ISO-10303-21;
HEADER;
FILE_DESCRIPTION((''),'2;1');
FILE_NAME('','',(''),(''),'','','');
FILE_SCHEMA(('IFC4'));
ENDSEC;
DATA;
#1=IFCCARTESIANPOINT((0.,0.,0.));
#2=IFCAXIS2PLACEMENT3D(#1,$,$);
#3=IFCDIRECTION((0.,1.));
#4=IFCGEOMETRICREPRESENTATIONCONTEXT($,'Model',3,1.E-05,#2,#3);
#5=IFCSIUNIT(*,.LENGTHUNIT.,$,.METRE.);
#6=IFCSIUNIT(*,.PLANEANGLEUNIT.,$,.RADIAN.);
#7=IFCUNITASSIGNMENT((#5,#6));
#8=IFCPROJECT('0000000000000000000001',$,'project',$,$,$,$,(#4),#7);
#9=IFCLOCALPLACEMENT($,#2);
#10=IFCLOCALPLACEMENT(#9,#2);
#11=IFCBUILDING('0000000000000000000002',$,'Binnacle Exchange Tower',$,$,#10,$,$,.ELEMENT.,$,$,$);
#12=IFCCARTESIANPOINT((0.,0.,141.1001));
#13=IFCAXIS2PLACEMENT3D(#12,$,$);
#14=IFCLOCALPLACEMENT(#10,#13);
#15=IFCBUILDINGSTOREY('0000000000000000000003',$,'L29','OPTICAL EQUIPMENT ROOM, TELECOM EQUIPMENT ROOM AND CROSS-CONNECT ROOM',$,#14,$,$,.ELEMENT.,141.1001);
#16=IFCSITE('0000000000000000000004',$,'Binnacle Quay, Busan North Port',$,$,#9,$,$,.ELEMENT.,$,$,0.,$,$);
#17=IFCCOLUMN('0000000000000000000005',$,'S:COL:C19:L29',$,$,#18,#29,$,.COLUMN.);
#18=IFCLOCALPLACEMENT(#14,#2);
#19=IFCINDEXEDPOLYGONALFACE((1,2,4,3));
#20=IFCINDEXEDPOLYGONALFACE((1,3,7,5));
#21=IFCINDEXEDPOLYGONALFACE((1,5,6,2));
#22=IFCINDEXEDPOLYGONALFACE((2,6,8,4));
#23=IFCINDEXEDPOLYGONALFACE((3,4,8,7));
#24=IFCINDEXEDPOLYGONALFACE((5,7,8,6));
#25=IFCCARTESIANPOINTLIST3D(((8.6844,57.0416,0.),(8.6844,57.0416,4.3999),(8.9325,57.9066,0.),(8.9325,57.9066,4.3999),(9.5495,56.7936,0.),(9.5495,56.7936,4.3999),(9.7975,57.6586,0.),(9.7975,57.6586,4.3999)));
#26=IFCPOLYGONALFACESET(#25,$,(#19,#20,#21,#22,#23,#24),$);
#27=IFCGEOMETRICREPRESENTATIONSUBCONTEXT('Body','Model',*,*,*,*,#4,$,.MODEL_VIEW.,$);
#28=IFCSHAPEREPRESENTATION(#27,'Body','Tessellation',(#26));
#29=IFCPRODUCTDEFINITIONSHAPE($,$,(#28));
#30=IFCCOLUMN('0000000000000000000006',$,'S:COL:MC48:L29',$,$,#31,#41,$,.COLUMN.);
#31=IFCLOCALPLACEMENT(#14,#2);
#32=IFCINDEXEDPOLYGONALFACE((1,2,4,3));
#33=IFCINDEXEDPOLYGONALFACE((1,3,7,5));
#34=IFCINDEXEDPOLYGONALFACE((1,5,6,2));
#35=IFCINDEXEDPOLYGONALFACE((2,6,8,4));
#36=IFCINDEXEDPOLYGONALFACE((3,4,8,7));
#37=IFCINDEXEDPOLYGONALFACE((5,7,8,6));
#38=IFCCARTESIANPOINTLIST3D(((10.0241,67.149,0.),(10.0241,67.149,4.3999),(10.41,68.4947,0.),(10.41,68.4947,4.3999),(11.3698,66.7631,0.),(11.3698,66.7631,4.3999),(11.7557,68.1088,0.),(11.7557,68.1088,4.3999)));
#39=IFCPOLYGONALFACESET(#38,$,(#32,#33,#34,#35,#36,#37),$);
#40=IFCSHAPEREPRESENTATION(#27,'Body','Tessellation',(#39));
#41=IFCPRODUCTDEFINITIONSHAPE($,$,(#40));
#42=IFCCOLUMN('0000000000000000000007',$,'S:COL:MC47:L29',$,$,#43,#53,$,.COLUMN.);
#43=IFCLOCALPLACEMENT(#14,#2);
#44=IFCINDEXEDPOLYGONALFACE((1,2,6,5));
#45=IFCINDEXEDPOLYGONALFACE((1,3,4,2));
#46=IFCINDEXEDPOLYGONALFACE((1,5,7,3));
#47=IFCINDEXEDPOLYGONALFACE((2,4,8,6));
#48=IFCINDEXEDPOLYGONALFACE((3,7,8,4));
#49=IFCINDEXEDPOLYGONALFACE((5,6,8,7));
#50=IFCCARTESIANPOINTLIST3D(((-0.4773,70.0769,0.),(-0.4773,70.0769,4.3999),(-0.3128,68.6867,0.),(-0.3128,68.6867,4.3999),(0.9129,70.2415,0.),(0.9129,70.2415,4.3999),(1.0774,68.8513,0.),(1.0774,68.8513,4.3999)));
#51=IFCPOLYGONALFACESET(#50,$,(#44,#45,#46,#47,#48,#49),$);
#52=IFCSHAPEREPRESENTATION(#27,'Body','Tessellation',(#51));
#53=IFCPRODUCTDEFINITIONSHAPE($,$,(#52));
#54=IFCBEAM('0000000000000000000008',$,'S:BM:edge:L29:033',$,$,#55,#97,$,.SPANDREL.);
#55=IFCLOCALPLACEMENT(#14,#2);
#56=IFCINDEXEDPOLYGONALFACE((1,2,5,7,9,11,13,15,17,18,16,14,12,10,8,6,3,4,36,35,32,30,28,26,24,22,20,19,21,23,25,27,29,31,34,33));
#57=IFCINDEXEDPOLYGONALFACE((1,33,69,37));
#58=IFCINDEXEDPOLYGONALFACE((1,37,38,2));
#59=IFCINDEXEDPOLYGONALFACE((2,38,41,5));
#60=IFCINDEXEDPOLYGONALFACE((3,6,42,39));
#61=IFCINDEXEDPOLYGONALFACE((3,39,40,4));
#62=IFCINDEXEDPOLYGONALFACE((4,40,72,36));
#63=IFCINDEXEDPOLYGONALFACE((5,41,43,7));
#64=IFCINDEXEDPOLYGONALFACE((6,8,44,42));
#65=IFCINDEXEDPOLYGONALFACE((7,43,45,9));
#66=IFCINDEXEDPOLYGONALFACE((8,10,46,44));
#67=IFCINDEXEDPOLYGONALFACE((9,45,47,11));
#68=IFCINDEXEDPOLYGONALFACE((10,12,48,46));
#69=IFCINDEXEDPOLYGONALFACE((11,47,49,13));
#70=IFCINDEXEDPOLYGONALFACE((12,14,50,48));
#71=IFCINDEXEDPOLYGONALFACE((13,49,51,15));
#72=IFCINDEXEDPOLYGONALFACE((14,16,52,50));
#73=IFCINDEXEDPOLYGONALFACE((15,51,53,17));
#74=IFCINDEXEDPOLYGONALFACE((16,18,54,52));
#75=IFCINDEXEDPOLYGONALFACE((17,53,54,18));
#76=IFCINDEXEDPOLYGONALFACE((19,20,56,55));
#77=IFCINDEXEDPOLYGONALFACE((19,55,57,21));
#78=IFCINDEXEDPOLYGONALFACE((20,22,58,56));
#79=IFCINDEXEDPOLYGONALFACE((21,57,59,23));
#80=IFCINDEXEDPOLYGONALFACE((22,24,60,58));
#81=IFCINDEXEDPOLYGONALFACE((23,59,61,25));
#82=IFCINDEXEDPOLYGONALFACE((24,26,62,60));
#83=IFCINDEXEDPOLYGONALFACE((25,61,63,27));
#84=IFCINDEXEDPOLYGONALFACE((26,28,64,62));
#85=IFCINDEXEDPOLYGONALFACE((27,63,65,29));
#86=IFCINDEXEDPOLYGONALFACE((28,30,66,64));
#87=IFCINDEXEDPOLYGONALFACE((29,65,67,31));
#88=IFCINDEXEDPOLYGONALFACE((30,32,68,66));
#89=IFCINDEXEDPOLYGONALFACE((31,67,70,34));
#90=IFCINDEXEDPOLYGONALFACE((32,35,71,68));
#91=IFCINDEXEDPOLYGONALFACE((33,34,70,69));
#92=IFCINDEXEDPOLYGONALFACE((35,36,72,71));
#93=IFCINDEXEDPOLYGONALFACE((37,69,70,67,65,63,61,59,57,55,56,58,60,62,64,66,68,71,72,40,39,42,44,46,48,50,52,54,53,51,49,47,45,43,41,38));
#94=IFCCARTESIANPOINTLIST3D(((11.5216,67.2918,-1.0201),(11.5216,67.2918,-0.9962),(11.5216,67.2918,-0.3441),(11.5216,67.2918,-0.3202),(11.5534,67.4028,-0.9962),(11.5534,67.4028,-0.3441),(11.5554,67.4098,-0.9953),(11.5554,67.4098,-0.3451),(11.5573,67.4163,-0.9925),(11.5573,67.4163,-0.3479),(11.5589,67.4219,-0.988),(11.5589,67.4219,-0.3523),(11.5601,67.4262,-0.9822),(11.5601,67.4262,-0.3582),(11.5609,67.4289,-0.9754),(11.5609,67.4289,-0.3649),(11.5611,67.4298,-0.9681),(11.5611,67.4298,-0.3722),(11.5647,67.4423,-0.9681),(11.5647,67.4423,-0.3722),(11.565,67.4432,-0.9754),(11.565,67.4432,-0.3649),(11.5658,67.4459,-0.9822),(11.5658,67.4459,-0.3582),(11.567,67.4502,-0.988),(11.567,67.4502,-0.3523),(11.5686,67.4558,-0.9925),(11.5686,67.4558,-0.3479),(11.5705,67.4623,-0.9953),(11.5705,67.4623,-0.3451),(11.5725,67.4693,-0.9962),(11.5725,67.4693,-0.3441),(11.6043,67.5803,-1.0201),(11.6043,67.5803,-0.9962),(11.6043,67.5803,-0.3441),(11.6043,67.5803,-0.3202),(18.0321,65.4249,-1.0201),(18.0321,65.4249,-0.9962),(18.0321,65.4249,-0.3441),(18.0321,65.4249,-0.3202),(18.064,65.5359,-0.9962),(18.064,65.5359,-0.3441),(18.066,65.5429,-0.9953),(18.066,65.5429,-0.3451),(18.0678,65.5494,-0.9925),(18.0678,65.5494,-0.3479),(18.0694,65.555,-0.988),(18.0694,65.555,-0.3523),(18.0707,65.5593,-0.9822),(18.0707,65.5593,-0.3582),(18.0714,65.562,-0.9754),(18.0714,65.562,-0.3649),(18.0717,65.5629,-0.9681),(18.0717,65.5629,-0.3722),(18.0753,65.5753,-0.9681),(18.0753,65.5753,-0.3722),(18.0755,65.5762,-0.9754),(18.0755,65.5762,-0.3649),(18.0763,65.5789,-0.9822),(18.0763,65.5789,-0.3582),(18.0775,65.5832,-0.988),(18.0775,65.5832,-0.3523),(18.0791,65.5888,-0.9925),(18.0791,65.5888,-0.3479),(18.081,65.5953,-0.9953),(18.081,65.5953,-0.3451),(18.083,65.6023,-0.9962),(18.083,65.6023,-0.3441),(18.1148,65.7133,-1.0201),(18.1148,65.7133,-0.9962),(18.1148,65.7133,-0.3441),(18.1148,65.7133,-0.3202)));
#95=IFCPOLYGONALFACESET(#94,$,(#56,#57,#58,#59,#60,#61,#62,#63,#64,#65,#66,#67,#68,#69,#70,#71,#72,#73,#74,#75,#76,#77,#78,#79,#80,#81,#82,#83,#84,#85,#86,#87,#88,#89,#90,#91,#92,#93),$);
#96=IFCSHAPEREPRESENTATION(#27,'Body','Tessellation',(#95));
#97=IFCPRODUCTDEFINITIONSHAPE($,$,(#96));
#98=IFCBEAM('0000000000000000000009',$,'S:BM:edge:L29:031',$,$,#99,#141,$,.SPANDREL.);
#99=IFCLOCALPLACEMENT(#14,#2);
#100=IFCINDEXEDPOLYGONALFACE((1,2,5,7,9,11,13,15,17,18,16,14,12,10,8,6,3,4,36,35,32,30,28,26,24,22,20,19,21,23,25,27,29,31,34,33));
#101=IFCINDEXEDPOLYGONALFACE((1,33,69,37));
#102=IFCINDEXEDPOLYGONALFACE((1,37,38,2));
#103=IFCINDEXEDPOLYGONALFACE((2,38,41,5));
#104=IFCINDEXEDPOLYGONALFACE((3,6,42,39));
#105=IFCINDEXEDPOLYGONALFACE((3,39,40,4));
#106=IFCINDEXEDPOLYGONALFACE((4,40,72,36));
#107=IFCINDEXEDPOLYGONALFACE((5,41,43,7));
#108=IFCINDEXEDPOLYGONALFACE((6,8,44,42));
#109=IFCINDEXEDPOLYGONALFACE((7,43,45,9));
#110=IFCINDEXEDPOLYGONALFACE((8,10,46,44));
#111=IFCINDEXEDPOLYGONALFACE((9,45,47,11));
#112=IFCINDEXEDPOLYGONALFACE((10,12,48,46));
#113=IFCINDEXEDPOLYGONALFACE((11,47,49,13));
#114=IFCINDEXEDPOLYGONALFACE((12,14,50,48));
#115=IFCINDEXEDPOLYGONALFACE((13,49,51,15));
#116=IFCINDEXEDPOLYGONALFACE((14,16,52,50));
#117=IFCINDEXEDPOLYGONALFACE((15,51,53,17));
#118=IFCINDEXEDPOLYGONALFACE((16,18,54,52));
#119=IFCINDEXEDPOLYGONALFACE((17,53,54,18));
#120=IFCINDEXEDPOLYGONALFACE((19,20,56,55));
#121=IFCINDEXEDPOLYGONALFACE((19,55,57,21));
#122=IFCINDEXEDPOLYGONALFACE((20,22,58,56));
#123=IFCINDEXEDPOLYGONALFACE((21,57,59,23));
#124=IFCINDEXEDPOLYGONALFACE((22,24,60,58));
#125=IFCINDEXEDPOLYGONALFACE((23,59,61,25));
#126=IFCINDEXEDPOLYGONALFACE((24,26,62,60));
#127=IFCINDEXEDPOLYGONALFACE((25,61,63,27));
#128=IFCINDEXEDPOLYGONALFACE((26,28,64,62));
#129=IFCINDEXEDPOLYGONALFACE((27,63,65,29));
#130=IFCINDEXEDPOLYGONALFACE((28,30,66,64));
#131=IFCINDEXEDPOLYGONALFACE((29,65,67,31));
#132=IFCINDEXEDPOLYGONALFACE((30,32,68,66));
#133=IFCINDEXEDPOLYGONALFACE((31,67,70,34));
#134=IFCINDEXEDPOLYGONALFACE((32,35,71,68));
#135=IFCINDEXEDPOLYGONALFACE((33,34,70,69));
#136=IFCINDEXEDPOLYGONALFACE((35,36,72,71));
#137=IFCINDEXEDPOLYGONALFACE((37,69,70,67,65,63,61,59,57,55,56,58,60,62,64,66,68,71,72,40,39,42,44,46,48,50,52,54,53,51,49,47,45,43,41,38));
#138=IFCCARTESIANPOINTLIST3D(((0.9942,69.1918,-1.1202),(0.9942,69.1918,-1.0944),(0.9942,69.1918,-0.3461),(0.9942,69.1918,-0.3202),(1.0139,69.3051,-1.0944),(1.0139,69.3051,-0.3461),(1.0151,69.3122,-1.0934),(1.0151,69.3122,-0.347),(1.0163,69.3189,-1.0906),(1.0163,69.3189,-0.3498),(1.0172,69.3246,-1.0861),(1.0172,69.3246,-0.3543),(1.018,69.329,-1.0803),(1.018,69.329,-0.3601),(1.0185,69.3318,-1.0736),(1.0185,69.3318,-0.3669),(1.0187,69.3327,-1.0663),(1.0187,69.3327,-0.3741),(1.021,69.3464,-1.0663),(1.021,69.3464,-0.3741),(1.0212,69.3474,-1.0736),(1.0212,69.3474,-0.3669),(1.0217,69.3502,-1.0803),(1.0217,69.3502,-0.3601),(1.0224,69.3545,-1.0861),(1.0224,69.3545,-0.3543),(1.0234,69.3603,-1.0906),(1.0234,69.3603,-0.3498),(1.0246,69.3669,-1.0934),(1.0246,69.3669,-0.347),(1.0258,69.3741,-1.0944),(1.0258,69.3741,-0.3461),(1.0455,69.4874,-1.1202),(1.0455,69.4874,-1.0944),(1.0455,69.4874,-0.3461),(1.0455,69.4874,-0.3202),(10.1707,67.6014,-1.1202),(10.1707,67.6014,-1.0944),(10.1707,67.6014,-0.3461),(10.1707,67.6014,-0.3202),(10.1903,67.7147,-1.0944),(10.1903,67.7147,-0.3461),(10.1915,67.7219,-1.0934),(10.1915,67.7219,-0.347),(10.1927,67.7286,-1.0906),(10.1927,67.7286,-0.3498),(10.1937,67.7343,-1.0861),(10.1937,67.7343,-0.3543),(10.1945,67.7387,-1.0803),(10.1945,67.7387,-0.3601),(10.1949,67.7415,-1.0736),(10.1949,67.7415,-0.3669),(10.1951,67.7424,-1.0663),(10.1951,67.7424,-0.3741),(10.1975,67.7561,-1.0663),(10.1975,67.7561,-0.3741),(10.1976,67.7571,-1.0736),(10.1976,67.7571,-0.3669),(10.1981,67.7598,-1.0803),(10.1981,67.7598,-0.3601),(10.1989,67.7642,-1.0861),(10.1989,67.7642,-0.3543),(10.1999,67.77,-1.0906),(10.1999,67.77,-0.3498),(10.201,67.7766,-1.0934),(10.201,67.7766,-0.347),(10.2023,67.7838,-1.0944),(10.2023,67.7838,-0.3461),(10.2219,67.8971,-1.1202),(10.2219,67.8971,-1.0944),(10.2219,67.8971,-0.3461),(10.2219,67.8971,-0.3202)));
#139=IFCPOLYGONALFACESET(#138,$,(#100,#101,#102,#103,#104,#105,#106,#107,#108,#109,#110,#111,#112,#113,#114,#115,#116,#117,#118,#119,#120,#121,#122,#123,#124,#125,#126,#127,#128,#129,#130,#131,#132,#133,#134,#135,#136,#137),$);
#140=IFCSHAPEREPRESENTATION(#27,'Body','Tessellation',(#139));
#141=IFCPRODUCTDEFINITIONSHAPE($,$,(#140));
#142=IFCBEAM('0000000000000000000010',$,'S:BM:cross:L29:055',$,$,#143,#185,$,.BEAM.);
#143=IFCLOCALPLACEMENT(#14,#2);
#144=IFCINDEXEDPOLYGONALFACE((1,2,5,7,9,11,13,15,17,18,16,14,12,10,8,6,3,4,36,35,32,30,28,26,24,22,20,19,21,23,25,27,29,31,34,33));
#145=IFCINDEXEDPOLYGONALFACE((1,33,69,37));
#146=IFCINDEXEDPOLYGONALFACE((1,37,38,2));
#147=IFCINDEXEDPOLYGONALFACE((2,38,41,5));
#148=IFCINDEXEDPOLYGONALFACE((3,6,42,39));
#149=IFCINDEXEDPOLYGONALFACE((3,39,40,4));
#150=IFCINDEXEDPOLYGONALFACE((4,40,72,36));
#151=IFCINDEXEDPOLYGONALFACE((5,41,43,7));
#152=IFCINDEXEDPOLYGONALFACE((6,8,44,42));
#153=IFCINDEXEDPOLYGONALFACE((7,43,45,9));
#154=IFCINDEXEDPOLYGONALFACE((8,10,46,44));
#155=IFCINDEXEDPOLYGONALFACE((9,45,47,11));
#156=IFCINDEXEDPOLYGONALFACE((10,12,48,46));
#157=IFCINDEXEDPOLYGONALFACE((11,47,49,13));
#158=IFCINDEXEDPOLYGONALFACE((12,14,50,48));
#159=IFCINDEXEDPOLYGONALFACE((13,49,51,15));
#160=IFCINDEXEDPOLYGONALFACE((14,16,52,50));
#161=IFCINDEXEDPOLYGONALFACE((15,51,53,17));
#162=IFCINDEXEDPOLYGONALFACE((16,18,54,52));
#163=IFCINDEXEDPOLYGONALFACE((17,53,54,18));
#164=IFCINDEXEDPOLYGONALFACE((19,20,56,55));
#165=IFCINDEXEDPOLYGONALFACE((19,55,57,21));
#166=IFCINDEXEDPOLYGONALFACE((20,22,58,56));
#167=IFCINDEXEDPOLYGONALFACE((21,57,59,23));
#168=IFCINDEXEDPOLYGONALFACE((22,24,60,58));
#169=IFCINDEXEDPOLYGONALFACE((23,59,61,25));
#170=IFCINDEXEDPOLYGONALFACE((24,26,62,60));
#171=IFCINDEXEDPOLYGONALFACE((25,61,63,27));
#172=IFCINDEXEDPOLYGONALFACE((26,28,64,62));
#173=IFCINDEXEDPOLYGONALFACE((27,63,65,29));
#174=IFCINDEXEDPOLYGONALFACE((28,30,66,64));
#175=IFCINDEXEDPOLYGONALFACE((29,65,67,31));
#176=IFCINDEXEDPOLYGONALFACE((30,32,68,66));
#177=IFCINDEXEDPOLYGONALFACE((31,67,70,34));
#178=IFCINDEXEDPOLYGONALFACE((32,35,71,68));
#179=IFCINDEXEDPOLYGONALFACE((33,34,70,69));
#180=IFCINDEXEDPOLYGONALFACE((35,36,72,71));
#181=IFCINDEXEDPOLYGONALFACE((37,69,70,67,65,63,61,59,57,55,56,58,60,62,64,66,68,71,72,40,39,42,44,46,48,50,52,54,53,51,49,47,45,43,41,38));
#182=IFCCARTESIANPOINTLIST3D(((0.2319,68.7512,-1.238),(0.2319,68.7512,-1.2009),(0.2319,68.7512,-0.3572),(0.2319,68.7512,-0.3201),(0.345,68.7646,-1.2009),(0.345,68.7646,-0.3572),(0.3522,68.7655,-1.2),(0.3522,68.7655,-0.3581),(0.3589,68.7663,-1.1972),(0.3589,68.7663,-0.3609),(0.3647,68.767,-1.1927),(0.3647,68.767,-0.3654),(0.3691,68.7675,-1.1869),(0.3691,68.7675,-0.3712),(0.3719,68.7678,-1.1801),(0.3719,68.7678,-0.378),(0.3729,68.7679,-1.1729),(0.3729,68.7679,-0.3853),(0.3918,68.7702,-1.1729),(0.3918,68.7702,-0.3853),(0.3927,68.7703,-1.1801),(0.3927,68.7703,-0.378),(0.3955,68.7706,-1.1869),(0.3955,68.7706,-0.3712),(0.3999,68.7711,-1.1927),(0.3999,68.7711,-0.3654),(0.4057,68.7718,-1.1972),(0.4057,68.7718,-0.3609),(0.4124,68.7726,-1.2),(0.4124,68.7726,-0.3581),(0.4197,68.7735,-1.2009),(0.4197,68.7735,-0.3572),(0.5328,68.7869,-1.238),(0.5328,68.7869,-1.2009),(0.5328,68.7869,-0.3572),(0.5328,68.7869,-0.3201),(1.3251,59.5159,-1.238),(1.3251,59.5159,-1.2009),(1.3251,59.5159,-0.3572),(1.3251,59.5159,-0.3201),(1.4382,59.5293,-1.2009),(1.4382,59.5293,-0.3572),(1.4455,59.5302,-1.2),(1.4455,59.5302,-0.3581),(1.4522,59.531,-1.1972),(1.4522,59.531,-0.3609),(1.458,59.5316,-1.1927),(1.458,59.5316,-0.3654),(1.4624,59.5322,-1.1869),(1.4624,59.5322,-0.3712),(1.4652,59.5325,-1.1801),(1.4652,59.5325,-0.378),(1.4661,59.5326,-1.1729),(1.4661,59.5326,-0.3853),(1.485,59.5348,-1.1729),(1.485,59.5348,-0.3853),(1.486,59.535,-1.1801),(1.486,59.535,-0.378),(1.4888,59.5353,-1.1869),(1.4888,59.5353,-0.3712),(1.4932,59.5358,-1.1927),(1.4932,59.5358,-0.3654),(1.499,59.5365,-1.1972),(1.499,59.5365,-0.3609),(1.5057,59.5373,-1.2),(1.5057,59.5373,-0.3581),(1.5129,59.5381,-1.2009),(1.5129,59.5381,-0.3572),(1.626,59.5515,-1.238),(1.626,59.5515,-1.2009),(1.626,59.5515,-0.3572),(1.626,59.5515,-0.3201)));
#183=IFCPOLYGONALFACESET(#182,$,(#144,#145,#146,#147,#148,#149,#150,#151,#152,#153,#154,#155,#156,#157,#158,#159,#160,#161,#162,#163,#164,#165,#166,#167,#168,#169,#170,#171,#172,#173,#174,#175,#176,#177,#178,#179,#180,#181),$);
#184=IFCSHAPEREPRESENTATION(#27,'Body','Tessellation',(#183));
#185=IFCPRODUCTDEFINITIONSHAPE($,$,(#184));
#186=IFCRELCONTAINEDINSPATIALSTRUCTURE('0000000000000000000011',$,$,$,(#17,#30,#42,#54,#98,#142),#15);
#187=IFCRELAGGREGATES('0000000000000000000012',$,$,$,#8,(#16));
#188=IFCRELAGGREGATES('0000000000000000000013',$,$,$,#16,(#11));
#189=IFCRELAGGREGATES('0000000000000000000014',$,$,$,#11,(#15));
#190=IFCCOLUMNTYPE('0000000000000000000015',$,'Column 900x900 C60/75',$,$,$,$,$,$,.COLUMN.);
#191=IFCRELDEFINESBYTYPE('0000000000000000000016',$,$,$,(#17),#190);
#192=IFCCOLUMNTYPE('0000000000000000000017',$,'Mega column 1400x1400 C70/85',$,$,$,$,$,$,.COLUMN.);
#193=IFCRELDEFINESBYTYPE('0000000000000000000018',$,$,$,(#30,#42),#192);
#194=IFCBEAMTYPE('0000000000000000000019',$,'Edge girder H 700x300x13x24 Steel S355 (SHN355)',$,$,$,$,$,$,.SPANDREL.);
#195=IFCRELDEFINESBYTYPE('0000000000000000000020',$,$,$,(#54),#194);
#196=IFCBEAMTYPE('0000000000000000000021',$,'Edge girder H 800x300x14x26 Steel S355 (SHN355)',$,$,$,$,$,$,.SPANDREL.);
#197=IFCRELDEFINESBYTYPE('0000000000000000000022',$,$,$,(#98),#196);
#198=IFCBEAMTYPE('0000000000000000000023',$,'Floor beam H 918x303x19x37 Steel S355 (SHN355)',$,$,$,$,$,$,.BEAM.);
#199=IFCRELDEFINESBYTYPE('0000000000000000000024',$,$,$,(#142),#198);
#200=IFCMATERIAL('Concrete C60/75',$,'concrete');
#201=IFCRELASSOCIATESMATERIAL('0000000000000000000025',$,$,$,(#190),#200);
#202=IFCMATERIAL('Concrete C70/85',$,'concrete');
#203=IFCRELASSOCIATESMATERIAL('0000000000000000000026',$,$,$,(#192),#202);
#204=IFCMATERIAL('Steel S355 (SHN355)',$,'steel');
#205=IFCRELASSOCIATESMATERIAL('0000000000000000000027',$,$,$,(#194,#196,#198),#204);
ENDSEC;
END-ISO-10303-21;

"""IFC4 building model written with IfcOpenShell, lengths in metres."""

from ifc_helpers import new_model, si_unit, direction, frame, origin, origin_2d, place, context, subcontext, project, spatial, rectangle, i_section, extrude, material, material_profile, profile_set, type_object, element, save


model = new_model("IFC4")

# Units and contexts
model_context = context("Model", 3, precision=1e-05, world=origin(), true_north=direction((0.0, 1.0)))
body_context = subcontext(model_context, "Body", "Model", "MODEL_VIEW")
ifc_project = project(units=[si_unit("LENGTHUNIT", "METRE"), si_unit("PLANEANGLEUNIT", "RADIAN")], contexts=[model_context])

# Site, building, storey
site_placement = place(None, origin())
site = spatial("IfcSite", under=ifc_project, at=site_placement, Name="Binnacle Quay, Busan North Port", CompositionType="ELEMENT", RefElevation=0.0)
building_placement = place(site_placement, origin())
building = spatial("IfcBuilding", under=site, at=building_placement, Name="Binnacle Exchange Tower", CompositionType="ELEMENT")
storey_placement = place(building_placement, frame((0.0, 0.0, 141.1001)))
storey = spatial("IfcBuildingStorey", under=building, at=storey_placement, Name="L29", Description="OPTICAL EQUIPMENT ROOM, TELECOM EQUIPMENT ROOM AND CROSS-CONNECT ROOM", CompositionType="ELEMENT", Elevation=141.1001)

# Columns
ifc_material_1 = material(Name="Concrete C60/75", Category="concrete")
ifc_material_profile_1 = material_profile(ifc_material_1, rectangle(XDim=0.8999, YDim=0.8999, at=origin_2d()), Name="Column 900x900 C60/75")
ifc_profile_set_1 = profile_set([ifc_material_profile_1], Name="Concrete C60/75")
column_type_1 = type_object("IfcColumnType", Name="Column 900x900 C60/75", PredefinedType="COLUMN", material=ifc_profile_set_1)
column_placement = place(storey_placement, frame((9.241, 57.3501, 0.0), z_axis=(0.0, 0.0, 1.0), x_axis=(0.961262, -0.275637, 0.0)))
element("IfcColumn", 1, at=column_placement, inside=storey, type_object=column_type_1, Name="S:COL:C19:L29", PredefinedType="COLUMN", context=body_context, shape_type="SweptSolid", body=[
    extrude(rectangle(XDim=0.8999, YDim=0.8999, at=origin_2d()), origin(), (0.0, 0.0, 1.0), 4.3999),
])
ifc_material_2 = material(Name="Concrete C70/85", Category="concrete")
ifc_material_profile_2 = material_profile(ifc_material_2, rectangle(XDim=1.3999, YDim=1.3999, at=origin_2d()), Name="Mega column 1400x1400 C70/85")
ifc_profile_set_2 = profile_set([ifc_material_profile_2], Name="Concrete C70/85")
column_type_2 = type_object("IfcColumnType", Name="Mega column 1400x1400 C70/85", PredefinedType="COLUMN", material=ifc_profile_set_2)
for number, where, z_axis, x_axis, name in (
    (2, (10.8899, 67.6289, 0.0), (0.0, 0.0, 1.0), (-0.961262, 0.275637, 0.0), "S:COL:MC48:L29"),
    (3, (0.3, 69.4641, 0.0), (0.0, 0.0, 1.0), (-0.993068, -0.117537, 0.0), "S:COL:MC47:L29"),
):
    element("IfcColumn", number, at=place(storey_placement, frame(where, z_axis=z_axis, x_axis=x_axis)), inside=storey, type_object=column_type_2, Name=name, PredefinedType="COLUMN", context=body_context, shape_type="SweptSolid", body=[
        extrude(rectangle(XDim=1.3999, YDim=1.3999, at=origin_2d()), origin(), (0.0, 0.0, 1.0), 4.3999),
    ])

# Beams
ifc_material_3 = material(Name="Steel S355 (SHN355)", Category="steel")
ifc_material_profile_3 = material_profile(ifc_material_3, i_section(OverallWidth=0.3, OverallDepth=0.7, WebThickness=0.0129, FlangeThickness=0.0239, FilletRadius=0.0281, at=origin_2d()), Name="H 700x300x13x24")
ifc_profile_set_3 = profile_set([ifc_material_profile_3], Name="Steel S355 (SHN355)")
beam_type_1 = type_object("IfcBeamType", Name="Edge girder H 700x300x13x24 Steel S355 (SHN355)", PredefinedType="SPANDREL", material=ifc_profile_set_3)
beam_1_placement = place(storey_placement, frame((18.0735, 65.5691, -0.6702), z_axis=(-0.961258, 0.275649, 0.0), x_axis=(-0.275649, -0.961258, 0.0)))
element("IfcBeam", 4, at=beam_1_placement, inside=storey, type_object=beam_type_1, Name="S:BM:edge:L29:033", PredefinedType="SPANDREL", context=body_context, shape_type="SweptSolid", body=[
    extrude(i_section(OverallWidth=0.3, OverallDepth=0.7, WebThickness=0.0129, FlangeThickness=0.0239, FilletRadius=0.0281, at=origin_2d()), origin(), (0.0, 0.0, 1.0), 6.7729),
])
ifc_material_profile_4 = material_profile(ifc_material_3, i_section(OverallWidth=0.3, OverallDepth=0.8, WebThickness=0.0139, FlangeThickness=0.0259, FilletRadius=0.0281, at=origin_2d()), Name="H 800x300x14x26")
ifc_profile_set_4 = profile_set([ifc_material_profile_4], Name="Steel S355 (SHN355)")
beam_type_2 = type_object("IfcBeamType", Name="Edge girder H 800x300x14x26 Steel S355 (SHN355)", PredefinedType="SPANDREL", material=ifc_profile_set_4)
beam_2_placement = place(storey_placement, frame((10.1963, 67.7493, -0.7202), z_axis=(-0.985313, 0.170759, 0.0), x_axis=(-0.170759, -0.985313, 0.0)))
element("IfcBeam", 5, at=beam_2_placement, inside=storey, type_object=beam_type_2, Name="S:BM:edge:L29:031", PredefinedType="SPANDREL", context=body_context, shape_type="SweptSolid", body=[
    extrude(i_section(OverallWidth=0.3, OverallDepth=0.8, WebThickness=0.0139, FlangeThickness=0.0259, FilletRadius=0.0281, at=origin_2d()), origin(), (0.0, 0.0, 1.0), 9.3132),
])
ifc_material_profile_5 = material_profile(ifc_material_3, i_section(OverallWidth=0.303, OverallDepth=0.918, WebThickness=0.019, FlangeThickness=0.0371, FilletRadius=0.0281, at=origin_2d()), Name="H 918x303x19x37")
ifc_profile_set_5 = profile_set([ifc_material_profile_5], Name="Steel S355 (SHN355)")
beam_type_3 = type_object("IfcBeamType", Name="Floor beam H 918x303x19x37 Steel S355 (SHN355)", PredefinedType="BEAM", material=ifc_profile_set_5)
beam_3_placement = place(storey_placement, frame((0.3823, 68.769, -0.7791), z_axis=(0.117557, -0.993066, 0.0), x_axis=(0.993066, 0.117557, 0.0)))
element("IfcBeam", 6, at=beam_3_placement, inside=storey, type_object=beam_type_3, Name="S:BM:cross:L29:055", PredefinedType="BEAM", context=body_context, shape_type="SweptSolid", body=[
    extrude(i_section(OverallWidth=0.303, OverallDepth=0.918, WebThickness=0.019, FlangeThickness=0.0371, FilletRadius=0.0281, at=origin_2d()), origin(), (0.0, 0.0, 1.0), 9.2998),
])

save(model, "model.ifc")
